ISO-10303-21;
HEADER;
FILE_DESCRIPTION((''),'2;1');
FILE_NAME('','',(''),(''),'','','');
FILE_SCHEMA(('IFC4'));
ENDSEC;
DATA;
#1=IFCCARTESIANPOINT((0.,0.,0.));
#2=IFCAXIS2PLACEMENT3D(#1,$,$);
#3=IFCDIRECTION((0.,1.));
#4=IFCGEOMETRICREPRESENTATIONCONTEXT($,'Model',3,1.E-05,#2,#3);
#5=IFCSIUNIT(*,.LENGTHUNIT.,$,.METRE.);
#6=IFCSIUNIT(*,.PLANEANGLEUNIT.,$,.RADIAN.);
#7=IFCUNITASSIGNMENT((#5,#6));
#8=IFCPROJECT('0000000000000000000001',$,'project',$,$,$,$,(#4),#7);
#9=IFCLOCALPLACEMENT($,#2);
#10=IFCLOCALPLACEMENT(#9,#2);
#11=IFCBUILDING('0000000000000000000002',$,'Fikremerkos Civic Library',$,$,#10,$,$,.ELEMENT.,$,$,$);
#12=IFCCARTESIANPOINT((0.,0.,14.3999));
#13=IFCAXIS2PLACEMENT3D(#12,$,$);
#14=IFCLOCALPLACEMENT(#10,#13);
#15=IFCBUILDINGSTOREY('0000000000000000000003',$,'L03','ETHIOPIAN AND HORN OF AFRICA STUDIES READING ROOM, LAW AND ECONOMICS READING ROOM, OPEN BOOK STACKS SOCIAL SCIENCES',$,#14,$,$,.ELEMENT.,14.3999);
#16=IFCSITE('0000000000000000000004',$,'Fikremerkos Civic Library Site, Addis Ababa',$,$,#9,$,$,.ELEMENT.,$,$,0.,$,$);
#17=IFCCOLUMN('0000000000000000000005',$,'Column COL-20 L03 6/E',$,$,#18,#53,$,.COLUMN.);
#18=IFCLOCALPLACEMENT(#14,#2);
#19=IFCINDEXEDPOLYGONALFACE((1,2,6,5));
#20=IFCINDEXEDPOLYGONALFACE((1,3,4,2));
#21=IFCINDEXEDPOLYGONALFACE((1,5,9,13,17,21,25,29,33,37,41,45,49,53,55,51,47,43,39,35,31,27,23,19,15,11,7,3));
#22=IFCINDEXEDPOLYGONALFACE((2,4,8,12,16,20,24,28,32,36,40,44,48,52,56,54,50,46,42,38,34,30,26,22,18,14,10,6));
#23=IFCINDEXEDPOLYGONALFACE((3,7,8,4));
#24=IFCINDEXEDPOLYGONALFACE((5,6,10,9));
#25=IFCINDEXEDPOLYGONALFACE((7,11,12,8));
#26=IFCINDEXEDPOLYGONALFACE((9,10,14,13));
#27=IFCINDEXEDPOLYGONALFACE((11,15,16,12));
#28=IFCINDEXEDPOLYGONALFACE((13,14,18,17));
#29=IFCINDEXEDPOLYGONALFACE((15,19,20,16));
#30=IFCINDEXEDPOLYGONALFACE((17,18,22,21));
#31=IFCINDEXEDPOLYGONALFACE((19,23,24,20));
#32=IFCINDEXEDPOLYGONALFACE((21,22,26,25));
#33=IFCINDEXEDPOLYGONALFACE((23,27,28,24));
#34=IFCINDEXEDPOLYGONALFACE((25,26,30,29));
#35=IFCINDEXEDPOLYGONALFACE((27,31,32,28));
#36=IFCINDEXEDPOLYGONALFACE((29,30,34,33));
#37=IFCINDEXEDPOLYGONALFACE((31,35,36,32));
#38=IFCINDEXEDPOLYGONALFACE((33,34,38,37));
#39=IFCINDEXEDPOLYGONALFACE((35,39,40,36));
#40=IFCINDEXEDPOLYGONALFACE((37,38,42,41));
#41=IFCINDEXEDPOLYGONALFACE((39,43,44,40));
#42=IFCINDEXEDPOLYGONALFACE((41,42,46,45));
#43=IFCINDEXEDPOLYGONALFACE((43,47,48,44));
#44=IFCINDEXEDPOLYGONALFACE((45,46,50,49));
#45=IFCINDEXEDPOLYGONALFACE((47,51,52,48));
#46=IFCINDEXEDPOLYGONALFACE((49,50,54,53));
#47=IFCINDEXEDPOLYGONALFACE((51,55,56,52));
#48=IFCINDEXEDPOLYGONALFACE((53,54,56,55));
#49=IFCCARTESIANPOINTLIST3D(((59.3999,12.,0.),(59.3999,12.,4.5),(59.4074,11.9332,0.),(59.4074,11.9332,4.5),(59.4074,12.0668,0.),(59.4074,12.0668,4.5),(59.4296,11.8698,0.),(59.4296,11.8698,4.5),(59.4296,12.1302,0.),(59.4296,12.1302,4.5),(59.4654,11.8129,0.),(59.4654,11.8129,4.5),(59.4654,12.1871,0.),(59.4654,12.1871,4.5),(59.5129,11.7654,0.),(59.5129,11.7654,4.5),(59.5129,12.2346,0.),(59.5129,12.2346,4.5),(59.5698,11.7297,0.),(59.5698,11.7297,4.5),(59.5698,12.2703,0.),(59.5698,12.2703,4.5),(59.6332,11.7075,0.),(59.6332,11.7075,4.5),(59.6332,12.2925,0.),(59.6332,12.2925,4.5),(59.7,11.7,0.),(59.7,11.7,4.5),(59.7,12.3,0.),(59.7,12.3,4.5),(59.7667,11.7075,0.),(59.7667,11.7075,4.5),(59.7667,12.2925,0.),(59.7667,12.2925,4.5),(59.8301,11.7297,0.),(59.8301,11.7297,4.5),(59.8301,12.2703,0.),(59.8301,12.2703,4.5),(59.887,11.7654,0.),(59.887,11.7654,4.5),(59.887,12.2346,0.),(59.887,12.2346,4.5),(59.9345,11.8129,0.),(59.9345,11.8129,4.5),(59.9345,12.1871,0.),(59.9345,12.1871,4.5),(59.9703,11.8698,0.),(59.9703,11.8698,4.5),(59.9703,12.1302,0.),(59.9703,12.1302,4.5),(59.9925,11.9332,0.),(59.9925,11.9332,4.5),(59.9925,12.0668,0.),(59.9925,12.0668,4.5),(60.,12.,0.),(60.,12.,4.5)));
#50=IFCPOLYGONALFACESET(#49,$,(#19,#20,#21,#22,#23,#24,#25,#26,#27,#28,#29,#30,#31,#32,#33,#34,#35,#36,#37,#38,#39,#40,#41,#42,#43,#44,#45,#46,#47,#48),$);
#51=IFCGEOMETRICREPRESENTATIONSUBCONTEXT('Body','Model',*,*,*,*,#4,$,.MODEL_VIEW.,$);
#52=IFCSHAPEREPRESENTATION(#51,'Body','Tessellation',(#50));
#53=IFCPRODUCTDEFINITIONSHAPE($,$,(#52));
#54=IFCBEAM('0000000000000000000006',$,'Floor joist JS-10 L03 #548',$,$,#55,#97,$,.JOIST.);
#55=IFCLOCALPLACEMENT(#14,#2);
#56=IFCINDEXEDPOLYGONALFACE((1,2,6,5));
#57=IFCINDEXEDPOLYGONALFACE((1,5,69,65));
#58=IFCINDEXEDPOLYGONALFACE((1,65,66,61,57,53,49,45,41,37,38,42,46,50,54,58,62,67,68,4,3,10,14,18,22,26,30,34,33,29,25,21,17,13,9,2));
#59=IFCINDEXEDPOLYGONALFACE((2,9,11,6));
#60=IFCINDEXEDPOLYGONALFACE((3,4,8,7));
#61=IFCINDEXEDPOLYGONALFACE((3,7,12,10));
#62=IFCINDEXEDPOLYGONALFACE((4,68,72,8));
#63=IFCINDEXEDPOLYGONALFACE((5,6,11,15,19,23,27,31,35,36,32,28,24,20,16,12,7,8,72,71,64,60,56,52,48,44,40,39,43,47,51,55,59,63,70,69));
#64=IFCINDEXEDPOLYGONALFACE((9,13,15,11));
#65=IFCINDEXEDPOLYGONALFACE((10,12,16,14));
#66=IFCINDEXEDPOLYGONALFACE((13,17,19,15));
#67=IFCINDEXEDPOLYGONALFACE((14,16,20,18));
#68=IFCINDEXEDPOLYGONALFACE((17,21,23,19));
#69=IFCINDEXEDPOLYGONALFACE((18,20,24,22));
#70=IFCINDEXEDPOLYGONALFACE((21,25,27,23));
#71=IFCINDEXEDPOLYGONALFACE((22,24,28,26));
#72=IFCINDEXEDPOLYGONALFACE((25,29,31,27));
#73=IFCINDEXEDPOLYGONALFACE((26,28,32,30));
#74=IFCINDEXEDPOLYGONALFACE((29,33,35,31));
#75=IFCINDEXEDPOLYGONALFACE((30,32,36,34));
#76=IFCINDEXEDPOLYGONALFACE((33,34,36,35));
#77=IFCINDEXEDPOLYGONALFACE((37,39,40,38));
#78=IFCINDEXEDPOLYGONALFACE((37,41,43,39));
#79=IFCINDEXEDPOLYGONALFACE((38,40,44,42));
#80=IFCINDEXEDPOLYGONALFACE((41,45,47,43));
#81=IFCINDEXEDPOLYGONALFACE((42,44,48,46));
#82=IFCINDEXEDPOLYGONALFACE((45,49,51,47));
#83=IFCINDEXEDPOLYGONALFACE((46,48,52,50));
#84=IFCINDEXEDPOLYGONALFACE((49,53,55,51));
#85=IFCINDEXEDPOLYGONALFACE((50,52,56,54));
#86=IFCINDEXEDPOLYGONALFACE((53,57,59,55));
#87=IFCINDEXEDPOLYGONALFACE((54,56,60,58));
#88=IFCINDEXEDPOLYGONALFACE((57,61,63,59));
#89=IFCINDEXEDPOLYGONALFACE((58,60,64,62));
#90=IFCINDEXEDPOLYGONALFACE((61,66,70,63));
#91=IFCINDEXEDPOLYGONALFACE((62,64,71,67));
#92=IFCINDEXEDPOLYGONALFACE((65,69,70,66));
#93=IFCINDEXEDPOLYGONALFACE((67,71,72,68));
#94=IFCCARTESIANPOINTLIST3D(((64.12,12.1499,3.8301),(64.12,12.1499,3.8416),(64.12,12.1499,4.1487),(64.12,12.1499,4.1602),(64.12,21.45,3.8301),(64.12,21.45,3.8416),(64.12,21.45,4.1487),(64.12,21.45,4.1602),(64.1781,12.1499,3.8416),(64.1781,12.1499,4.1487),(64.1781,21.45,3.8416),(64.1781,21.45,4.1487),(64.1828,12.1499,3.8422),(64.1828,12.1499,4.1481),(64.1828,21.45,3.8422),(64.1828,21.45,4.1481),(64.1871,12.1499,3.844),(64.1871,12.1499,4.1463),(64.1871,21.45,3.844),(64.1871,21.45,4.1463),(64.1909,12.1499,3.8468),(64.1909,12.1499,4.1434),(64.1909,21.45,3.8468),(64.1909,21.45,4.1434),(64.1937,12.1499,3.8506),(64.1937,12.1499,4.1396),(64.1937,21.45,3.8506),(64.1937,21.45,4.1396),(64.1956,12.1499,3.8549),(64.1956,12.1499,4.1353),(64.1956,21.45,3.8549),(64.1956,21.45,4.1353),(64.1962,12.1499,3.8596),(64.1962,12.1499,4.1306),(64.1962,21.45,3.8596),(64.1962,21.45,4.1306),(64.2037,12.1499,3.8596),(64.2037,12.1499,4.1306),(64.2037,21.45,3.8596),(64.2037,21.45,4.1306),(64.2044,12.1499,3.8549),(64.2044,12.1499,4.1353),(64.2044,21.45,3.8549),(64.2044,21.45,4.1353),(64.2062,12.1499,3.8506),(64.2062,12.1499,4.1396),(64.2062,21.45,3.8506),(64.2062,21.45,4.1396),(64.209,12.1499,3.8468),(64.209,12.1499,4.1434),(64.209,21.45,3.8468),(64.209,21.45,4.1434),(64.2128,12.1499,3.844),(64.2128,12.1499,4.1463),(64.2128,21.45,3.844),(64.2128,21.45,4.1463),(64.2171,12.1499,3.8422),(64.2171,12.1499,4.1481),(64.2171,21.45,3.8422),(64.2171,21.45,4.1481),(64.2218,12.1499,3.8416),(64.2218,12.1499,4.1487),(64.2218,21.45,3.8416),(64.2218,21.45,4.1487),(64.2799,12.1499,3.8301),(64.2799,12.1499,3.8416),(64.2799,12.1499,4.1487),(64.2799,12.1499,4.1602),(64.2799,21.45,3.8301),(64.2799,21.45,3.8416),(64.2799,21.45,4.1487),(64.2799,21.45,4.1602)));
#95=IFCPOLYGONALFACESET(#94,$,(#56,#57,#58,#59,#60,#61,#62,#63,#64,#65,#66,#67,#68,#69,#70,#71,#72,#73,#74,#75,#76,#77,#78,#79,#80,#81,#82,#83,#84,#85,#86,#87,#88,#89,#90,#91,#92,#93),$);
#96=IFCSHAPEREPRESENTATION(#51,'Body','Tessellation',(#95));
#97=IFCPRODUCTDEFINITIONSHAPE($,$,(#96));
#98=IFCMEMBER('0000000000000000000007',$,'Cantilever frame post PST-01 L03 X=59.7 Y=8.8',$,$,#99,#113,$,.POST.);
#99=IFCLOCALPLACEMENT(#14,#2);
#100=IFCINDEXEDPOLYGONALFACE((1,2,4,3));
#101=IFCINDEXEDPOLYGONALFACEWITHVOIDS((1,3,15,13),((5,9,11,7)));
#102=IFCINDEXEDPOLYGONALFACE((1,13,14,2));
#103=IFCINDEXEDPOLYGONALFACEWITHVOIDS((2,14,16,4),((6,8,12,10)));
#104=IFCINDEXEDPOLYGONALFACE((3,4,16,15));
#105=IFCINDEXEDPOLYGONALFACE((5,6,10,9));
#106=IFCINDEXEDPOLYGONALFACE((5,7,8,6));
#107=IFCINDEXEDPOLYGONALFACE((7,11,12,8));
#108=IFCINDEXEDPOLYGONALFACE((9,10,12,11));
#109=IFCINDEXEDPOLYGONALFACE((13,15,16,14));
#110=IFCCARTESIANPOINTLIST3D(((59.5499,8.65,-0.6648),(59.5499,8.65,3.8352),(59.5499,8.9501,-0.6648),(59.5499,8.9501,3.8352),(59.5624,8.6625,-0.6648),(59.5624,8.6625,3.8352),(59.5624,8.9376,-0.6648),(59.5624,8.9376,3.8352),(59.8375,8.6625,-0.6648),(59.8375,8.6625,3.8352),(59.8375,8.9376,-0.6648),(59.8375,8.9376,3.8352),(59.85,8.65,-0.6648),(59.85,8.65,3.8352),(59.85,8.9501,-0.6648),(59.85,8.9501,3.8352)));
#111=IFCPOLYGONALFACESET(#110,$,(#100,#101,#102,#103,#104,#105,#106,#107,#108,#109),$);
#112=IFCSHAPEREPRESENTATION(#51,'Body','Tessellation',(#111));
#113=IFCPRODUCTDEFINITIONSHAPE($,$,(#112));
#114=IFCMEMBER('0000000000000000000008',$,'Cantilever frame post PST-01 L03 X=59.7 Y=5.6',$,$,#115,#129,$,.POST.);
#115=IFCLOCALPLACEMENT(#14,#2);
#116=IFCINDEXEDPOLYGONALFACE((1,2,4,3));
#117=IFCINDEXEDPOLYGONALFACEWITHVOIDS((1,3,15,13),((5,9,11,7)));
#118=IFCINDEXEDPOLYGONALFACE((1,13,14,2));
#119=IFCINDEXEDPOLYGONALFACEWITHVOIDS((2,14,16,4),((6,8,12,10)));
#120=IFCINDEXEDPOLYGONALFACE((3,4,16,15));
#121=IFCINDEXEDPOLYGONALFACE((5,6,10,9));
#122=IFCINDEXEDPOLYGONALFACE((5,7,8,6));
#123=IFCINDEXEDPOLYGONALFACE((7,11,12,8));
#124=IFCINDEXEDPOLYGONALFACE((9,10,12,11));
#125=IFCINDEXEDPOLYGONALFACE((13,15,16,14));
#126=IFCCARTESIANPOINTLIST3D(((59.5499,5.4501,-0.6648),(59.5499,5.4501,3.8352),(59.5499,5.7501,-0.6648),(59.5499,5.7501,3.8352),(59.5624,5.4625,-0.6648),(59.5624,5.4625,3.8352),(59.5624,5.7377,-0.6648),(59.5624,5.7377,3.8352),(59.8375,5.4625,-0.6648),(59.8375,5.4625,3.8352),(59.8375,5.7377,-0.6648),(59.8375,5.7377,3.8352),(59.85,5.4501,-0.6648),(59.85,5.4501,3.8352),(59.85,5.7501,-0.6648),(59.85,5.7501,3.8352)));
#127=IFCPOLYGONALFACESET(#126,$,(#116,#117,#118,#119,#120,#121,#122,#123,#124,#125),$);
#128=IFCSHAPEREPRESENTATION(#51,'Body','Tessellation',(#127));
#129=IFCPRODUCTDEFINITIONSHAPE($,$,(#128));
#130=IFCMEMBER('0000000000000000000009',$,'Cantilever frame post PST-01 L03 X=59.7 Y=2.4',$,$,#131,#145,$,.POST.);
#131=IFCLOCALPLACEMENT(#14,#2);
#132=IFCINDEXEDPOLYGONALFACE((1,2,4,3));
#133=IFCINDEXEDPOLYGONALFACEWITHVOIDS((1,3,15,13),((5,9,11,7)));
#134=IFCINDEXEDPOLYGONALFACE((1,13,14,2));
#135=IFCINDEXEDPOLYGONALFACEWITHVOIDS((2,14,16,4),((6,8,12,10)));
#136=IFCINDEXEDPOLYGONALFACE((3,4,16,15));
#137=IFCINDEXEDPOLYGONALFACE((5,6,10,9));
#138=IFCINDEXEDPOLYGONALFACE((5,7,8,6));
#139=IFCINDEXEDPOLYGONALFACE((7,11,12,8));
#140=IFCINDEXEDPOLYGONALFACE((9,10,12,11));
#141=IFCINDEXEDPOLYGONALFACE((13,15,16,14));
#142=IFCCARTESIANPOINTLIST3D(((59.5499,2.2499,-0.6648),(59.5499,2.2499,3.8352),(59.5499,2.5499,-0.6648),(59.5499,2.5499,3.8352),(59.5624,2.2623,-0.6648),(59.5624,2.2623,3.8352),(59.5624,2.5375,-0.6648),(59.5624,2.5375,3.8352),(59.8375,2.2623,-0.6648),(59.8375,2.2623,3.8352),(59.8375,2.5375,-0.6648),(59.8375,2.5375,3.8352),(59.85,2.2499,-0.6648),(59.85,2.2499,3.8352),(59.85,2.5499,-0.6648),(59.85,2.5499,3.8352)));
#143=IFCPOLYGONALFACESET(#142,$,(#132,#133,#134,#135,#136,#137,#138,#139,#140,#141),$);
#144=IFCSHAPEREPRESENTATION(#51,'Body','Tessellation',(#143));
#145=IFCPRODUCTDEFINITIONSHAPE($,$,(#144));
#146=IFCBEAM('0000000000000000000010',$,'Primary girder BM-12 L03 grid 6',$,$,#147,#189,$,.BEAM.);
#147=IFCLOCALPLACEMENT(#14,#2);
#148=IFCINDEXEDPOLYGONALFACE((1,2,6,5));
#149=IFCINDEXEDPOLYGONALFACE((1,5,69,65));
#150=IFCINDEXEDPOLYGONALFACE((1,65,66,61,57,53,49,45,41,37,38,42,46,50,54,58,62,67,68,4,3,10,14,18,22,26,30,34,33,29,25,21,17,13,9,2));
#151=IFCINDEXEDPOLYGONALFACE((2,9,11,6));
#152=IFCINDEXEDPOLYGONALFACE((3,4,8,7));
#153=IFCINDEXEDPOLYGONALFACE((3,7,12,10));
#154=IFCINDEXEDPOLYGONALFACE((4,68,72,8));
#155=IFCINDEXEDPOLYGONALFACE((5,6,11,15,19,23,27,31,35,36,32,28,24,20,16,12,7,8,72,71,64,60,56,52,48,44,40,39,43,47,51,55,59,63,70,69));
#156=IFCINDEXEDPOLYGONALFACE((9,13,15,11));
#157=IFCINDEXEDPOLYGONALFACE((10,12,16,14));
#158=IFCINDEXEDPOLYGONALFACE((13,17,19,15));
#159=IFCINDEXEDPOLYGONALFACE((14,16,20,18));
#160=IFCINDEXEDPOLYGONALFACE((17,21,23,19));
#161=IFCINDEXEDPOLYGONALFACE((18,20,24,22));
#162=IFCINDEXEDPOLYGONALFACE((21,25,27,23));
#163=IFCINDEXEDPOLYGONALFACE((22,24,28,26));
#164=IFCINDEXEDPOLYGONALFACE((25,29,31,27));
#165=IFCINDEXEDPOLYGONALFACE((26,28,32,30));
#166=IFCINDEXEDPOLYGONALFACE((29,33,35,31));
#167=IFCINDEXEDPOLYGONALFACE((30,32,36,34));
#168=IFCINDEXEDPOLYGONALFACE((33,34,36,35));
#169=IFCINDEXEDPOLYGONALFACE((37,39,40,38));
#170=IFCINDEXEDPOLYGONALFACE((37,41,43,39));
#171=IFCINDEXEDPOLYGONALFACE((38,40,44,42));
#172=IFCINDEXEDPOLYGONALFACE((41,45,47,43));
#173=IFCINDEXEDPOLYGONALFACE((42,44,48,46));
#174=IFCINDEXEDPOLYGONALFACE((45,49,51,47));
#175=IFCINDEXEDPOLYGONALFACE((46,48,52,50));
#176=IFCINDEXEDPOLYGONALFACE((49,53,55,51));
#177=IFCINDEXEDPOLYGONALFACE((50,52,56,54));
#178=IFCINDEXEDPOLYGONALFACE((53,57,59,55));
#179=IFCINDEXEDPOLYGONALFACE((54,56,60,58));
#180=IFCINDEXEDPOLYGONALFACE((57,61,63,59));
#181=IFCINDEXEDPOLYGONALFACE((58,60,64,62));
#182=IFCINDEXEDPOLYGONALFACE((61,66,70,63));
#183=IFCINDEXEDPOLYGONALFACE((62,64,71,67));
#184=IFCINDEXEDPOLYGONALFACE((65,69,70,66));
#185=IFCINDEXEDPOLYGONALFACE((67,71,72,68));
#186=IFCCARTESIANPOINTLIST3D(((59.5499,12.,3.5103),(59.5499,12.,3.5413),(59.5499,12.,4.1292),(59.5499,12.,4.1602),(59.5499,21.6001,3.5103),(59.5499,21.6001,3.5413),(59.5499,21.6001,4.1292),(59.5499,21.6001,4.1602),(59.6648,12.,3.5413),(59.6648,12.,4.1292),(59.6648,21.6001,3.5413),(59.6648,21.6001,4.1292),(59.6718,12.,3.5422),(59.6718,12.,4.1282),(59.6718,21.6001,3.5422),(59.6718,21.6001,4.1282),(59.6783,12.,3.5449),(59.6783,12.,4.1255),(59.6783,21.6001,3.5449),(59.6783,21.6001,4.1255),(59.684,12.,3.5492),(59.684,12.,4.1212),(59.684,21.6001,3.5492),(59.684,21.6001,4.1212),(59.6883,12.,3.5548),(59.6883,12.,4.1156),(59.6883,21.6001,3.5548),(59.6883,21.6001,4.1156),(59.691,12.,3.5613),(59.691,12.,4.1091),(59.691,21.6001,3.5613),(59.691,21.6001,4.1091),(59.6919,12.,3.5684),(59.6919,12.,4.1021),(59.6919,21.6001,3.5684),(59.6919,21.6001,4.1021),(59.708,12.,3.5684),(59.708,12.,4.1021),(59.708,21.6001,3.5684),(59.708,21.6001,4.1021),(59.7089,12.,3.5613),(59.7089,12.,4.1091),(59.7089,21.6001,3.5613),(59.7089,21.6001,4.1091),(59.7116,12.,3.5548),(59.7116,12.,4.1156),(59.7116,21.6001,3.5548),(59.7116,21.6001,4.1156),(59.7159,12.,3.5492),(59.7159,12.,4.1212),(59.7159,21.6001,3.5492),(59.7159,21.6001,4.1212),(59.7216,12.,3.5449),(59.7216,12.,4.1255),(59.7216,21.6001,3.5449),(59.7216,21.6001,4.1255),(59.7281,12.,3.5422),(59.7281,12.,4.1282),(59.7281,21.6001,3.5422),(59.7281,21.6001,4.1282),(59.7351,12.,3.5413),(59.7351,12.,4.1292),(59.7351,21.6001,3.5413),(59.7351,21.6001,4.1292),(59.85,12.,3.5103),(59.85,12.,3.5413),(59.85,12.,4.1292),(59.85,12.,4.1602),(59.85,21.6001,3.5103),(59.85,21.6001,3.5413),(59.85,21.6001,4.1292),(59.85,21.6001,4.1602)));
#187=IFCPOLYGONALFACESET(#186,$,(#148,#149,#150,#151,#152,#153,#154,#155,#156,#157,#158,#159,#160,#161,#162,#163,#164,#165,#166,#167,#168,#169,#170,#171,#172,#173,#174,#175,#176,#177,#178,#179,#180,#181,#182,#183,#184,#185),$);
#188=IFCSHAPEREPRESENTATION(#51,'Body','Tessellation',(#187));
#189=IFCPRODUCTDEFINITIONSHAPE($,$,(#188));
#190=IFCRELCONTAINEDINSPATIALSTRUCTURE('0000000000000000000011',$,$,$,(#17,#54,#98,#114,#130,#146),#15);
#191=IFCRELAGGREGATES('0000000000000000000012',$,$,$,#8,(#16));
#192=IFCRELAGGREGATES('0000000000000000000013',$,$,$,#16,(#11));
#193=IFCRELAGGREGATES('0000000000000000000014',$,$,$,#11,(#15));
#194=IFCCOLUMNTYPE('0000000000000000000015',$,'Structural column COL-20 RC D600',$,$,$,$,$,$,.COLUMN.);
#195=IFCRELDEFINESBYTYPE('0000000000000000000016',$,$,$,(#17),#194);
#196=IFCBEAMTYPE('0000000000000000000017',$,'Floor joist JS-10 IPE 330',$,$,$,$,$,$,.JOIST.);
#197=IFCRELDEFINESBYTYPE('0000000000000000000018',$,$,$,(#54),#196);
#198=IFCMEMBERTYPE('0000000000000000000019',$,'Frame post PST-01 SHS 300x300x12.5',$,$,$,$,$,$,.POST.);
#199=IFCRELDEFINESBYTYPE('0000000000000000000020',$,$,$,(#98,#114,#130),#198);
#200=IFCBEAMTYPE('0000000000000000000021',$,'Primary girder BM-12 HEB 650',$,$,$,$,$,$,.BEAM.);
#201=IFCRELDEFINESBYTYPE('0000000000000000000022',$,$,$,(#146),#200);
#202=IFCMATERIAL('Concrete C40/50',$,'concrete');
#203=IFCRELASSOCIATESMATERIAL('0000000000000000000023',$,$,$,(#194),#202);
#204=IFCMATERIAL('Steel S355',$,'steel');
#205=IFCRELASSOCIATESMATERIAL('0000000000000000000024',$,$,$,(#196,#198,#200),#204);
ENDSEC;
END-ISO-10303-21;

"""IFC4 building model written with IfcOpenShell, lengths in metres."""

from ifc_helpers import new_model, si_unit, direction, frame, origin, origin_2d, place, context, subcontext, project, spatial, hollow_rectangle, circle, i_section, extrude, material, material_profile, profile_set, type_object, element, save


model = new_model("IFC4")

# Units and contexts
model_context = context("Model", 3, precision=1e-05, world=origin(), true_north=direction((0.0, 1.0)))
body_context = subcontext(model_context, "Body", "Model", "MODEL_VIEW")
ifc_project = project(units=[si_unit("LENGTHUNIT", "METRE"), si_unit("PLANEANGLEUNIT", "RADIAN")], contexts=[model_context])

# Site, building, storey
site_placement = place(None, origin())
site = spatial("IfcSite", under=ifc_project, at=site_placement, Name="Fikremerkos Civic Library Site, Addis Ababa", CompositionType="ELEMENT", RefElevation=0.0)
building_placement = place(site_placement, origin())
building = spatial("IfcBuilding", under=site, at=building_placement, Name="Fikremerkos Civic Library", CompositionType="ELEMENT")
storey_placement = place(building_placement, frame((0.0, 0.0, 14.3999)))
storey = spatial("IfcBuildingStorey", under=building, at=storey_placement, Name="L03", Description="ETHIOPIAN AND HORN OF AFRICA STUDIES READING ROOM, LAW AND ECONOMICS READING ROOM, OPEN BOOK STACKS SOCIAL SCIENCES", CompositionType="ELEMENT", Elevation=14.3999)

# Column
ifc_material_1 = material(Name="Concrete C40/50", Category="concrete")
ifc_material_profile_1 = material_profile(ifc_material_1, circle(Radius=0.3, at=origin_2d()), Name="RC D600")
ifc_profile_set_1 = profile_set([ifc_material_profile_1], Name="Concrete C40/50")
column_type = type_object("IfcColumnType", Name="Structural column COL-20 RC D600", PredefinedType="COLUMN", material=ifc_profile_set_1)
column_placement = place(storey_placement, frame((59.7, 12.0, 0.0), z_axis=(0.0, 0.0, 1.0), x_axis=(1.0, 0.0, 0.0)))
element("IfcColumn", 1, at=column_placement, inside=storey, type_object=column_type, Name="Column COL-20 L03 6/E", PredefinedType="COLUMN", context=body_context, shape_type="SweptSolid", body=[
    extrude(circle(Radius=0.3, at=origin_2d()), origin(), (0.0, 0.0, 1.0), 4.5),
])

# Beam
ifc_material_2 = material(Name="Steel S355", Category="steel")
ifc_material_profile_2 = material_profile(ifc_material_2, i_section(OverallWidth=0.1599, OverallDepth=0.3301, WebThickness=0.0076, FlangeThickness=0.0115, FilletRadius=0.0181, at=origin_2d()), Name="IPE 330")
ifc_profile_set_2 = profile_set([ifc_material_profile_2], Name="Steel S355")
beam_type_1 = type_object("IfcBeamType", Name="Floor joist JS-10 IPE 330", PredefinedType="JOIST", material=ifc_profile_set_2)
beam_1_placement = place(storey_placement, frame((64.2, 12.1499, 3.9951), z_axis=(0.0, 1.0, 0.0), x_axis=(-1.0, 0.0, 0.0)))
element("IfcBeam", 2, at=beam_1_placement, inside=storey, type_object=beam_type_1, Name="Floor joist JS-10 L03 #548", PredefinedType="JOIST", context=body_context, shape_type="SweptSolid", body=[
    extrude(i_section(OverallWidth=0.1599, OverallDepth=0.3301, WebThickness=0.0076, FlangeThickness=0.0115, FilletRadius=0.0181, at=origin_2d()), origin(), (0.0, 0.0, 1.0), 9.3),
])

# Members
ifc_material_profile_3 = material_profile(ifc_material_2, hollow_rectangle(XDim=0.3, YDim=0.3, WallThickness=0.0125, at=origin_2d()), Name="SHS 300x300x12.5")
ifc_profile_set_3 = profile_set([ifc_material_profile_3], Name="Steel S355")
member_type = type_object("IfcMemberType", Name="Frame post PST-01 SHS 300x300x12.5", PredefinedType="POST", material=ifc_profile_set_3)
for number, where, z_axis, x_axis, name in (
    (3, (59.7, 8.8, -0.6648), (0.0, 0.0, 1.0), (1.0, 0.0, 0.0), "Cantilever frame post PST-01 L03 X=59.7 Y=8.8"),
    (4, (59.7, 5.6001, -0.6648), (0.0, 0.0, 1.0), (1.0, 0.0, 0.0), "Cantilever frame post PST-01 L03 X=59.7 Y=5.6"),
    (5, (59.7, 2.3999, -0.6648), (0.0, 0.0, 1.0), (1.0, 0.0, 0.0), "Cantilever frame post PST-01 L03 X=59.7 Y=2.4"),
):
    element("IfcMember", number, at=place(storey_placement, frame(where, z_axis=z_axis, x_axis=x_axis)), inside=storey, type_object=member_type, Name=name, PredefinedType="POST", context=body_context, shape_type="SweptSolid", body=[
        extrude(hollow_rectangle(XDim=0.3, YDim=0.3, WallThickness=0.0125, at=origin_2d()), origin(), (0.0, 0.0, 1.0), 4.5),
    ])

# Beam
ifc_material_profile_4 = material_profile(ifc_material_2, i_section(OverallWidth=0.3, OverallDepth=0.6499, WebThickness=0.0161, FlangeThickness=0.031, FilletRadius=0.0271, at=origin_2d()), Name="HEB 650")
ifc_profile_set_4 = profile_set([ifc_material_profile_4], Name="Steel S355")
beam_type_2 = type_object("IfcBeamType", Name="Primary girder BM-12 HEB 650", PredefinedType="BEAM", material=ifc_profile_set_4)
beam_2_placement = place(storey_placement, frame((59.7, 12.0, 3.8352), z_axis=(0.0, 1.0, 0.0), x_axis=(-1.0, 0.0, 0.0)))
element("IfcBeam", 6, at=beam_2_placement, inside=storey, type_object=beam_type_2, Name="Primary girder BM-12 L03 grid 6", PredefinedType="BEAM", context=body_context, shape_type="SweptSolid", body=[
    extrude(i_section(OverallWidth=0.3, OverallDepth=0.6499, WebThickness=0.0161, FlangeThickness=0.031, FilletRadius=0.0271, at=origin_2d()), origin(), (0.0, 0.0, 1.0), 9.6001),
])

save(model, "model.ifc")
